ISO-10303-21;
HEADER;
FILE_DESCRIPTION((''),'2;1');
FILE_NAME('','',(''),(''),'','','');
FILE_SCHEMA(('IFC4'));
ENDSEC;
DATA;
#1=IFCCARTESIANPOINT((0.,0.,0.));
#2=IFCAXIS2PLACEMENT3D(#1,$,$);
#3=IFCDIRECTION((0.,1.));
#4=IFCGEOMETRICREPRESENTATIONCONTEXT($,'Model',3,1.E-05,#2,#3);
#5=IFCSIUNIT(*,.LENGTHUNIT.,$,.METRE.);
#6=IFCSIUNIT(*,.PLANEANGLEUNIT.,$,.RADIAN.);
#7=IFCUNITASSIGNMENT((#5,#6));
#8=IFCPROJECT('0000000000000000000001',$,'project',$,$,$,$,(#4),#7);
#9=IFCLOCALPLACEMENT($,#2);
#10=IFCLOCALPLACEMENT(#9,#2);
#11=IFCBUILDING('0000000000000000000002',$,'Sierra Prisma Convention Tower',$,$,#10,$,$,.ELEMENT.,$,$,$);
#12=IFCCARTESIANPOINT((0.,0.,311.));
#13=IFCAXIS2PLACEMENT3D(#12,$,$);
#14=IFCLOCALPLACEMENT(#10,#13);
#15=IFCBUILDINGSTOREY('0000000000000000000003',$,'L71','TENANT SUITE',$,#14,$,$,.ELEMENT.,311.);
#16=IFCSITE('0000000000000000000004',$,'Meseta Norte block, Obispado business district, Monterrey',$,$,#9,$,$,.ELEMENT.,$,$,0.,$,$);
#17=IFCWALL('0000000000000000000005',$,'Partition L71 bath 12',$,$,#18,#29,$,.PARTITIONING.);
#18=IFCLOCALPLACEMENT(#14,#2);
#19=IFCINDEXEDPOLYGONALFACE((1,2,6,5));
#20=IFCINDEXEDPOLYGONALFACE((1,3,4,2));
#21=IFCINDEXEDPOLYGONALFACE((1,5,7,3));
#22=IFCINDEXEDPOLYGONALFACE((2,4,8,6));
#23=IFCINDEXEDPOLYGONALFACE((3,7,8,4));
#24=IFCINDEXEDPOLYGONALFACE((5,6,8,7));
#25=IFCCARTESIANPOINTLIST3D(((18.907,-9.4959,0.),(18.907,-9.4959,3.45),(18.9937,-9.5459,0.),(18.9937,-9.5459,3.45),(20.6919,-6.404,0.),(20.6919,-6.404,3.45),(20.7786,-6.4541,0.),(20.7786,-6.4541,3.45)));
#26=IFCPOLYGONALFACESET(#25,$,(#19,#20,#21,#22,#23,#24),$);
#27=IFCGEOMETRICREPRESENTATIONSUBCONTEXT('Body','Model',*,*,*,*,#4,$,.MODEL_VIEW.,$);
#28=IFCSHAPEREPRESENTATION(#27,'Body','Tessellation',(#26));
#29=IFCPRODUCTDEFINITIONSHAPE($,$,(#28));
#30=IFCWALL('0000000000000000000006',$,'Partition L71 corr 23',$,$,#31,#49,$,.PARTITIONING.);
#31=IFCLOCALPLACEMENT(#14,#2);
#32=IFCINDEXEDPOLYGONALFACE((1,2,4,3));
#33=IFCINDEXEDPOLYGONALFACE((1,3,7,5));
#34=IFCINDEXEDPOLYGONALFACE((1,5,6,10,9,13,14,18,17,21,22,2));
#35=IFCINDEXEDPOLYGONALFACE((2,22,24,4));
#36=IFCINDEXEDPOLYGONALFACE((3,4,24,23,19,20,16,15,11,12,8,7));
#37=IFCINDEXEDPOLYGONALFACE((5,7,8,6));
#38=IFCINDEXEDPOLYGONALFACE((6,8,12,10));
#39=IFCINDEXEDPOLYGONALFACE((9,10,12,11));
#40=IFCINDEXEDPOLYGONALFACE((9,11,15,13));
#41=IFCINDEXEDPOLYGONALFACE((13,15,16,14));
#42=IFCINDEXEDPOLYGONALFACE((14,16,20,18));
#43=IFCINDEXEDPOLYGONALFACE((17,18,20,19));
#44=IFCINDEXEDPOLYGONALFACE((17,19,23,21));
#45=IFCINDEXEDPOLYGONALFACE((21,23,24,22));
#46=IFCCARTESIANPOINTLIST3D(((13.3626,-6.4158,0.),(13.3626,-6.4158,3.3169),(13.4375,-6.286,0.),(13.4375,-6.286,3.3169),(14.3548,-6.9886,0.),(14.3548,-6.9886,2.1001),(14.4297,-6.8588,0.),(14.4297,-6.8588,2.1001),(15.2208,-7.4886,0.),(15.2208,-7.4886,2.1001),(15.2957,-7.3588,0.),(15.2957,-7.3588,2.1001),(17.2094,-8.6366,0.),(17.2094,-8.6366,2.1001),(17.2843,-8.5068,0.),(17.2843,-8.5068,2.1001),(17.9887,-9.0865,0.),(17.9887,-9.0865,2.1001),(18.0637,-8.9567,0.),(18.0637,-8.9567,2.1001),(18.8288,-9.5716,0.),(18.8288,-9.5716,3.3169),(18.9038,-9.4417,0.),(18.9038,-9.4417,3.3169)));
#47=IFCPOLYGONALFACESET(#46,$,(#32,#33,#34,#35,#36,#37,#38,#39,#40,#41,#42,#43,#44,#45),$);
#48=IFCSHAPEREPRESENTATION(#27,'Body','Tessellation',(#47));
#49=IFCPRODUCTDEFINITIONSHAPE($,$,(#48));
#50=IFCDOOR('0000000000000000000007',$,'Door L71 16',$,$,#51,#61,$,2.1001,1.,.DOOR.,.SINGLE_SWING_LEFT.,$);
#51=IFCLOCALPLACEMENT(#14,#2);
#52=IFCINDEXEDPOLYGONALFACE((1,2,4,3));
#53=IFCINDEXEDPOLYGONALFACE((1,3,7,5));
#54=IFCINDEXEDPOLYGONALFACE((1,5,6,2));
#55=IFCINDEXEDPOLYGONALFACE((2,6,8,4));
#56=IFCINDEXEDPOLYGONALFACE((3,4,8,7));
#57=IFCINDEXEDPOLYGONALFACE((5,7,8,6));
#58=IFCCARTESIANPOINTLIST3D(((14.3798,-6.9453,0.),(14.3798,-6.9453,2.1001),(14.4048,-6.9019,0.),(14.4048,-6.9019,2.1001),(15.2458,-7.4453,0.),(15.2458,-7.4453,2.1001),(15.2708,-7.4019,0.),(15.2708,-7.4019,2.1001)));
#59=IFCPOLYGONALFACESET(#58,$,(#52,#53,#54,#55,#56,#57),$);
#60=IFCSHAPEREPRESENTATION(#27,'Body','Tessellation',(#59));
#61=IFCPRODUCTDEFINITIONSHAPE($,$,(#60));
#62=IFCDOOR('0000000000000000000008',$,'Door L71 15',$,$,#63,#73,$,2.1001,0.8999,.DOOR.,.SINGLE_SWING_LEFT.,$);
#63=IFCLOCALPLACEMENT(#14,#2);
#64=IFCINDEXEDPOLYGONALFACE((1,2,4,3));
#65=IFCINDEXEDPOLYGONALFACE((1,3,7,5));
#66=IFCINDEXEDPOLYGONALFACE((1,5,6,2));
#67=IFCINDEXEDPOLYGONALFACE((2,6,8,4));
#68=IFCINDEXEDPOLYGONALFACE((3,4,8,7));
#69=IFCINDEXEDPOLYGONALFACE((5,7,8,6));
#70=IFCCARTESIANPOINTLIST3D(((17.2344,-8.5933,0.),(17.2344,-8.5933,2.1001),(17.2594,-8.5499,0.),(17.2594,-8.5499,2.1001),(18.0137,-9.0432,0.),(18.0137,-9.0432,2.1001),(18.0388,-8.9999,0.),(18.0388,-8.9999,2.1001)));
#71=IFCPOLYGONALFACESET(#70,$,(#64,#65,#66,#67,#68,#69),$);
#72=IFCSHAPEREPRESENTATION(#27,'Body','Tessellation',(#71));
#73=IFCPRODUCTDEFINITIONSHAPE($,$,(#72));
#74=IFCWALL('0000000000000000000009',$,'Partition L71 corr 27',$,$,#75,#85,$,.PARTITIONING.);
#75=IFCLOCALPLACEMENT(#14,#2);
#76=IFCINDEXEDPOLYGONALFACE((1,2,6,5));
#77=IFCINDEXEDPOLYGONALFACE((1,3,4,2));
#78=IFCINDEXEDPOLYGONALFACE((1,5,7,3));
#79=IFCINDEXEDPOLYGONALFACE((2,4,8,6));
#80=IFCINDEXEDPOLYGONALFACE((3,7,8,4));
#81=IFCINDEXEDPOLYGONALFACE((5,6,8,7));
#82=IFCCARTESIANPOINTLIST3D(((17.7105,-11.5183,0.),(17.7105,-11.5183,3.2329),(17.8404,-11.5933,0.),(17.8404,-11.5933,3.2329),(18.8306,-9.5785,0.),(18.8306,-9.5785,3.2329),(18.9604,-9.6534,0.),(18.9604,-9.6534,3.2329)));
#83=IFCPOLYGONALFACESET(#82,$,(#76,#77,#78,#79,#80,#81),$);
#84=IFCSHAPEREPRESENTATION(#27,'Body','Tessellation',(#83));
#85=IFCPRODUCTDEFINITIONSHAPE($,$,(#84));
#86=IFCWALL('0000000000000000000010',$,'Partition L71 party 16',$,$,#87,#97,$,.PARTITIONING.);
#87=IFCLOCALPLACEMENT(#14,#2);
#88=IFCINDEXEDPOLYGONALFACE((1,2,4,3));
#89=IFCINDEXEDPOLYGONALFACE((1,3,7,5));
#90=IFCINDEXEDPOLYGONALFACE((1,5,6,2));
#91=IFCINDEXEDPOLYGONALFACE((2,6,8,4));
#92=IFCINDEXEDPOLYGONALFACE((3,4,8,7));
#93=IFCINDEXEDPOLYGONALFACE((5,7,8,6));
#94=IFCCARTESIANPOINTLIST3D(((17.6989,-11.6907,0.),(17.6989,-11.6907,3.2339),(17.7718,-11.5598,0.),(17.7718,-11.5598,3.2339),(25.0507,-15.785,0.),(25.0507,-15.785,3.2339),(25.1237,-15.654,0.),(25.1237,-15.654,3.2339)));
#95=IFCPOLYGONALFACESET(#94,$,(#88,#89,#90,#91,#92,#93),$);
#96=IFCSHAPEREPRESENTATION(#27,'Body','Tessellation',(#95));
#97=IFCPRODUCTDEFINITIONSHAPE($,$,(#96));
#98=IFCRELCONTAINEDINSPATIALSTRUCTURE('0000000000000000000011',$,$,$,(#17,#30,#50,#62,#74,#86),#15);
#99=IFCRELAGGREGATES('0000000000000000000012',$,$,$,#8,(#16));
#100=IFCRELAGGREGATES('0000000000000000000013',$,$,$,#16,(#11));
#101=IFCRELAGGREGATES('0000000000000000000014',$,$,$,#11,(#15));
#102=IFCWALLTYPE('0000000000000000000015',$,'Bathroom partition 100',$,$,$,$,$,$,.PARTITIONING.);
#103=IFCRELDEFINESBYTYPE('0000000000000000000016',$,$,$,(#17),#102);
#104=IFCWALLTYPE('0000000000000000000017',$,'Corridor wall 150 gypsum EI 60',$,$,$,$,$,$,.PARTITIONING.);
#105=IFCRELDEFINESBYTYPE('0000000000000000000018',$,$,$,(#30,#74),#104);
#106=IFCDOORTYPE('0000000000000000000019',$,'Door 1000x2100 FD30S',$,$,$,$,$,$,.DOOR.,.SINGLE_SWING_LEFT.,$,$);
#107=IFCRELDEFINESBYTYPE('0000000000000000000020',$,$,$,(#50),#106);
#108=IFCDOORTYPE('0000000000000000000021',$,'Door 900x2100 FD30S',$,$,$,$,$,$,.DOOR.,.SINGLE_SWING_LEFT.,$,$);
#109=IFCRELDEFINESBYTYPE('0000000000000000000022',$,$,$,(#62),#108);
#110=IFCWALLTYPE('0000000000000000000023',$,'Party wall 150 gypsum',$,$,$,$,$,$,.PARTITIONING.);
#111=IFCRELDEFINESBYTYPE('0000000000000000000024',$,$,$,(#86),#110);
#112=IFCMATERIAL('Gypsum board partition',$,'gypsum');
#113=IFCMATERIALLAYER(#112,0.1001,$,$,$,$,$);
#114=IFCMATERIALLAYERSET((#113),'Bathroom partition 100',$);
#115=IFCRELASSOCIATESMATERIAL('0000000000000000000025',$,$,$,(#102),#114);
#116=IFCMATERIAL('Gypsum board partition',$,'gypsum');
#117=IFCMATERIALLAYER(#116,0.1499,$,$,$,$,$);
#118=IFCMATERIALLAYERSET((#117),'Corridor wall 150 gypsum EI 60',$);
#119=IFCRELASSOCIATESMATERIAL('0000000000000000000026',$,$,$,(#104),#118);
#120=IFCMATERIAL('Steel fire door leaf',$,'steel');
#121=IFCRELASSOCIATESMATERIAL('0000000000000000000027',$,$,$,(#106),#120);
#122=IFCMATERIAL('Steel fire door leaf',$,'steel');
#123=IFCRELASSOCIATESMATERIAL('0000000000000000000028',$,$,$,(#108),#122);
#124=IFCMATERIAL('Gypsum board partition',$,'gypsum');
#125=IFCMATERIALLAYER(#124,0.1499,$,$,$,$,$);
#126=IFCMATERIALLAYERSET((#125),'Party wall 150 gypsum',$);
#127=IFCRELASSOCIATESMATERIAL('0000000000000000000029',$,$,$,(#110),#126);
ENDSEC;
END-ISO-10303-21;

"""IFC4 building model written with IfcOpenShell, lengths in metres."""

from ifc_helpers import new_model, si_unit, direction, frame, frame_2d, origin, place, context, subcontext, project, spatial, rectangle, extrude, material, layer, layer_set, type_object, element, fill, save


model = new_model("IFC4")

# Units and contexts
model_context = context("Model", 3, precision=1e-05, world=origin(), true_north=direction((0.0, 1.0)))
body_context = subcontext(model_context, "Body", "Model", "MODEL_VIEW")
ifc_project = project(units=[si_unit("LENGTHUNIT", "METRE"), si_unit("PLANEANGLEUNIT", "RADIAN")], contexts=[model_context])

# Site, building, storey
site_placement = place(None, origin())
site = spatial("IfcSite", under=ifc_project, at=site_placement, Name="Meseta Norte block, Obispado business district, Monterrey", CompositionType="ELEMENT", RefElevation=0.0)
building_placement = place(site_placement, origin())
building = spatial("IfcBuilding", under=site, at=building_placement, Name="Sierra Prisma Convention Tower", CompositionType="ELEMENT")
storey_placement = place(building_placement, frame((0.0, 0.0, 311.0)))
storey = spatial("IfcBuildingStorey", under=building, at=storey_placement, Name="L71", Description="TENANT SUITE", CompositionType="ELEMENT", Elevation=311.0)

# Wall
ifc_material_1 = material(Name="Gypsum board partition", Category="gypsum")
ifc_layer_1 = layer(ifc_material_1, 0.1001)
ifc_layer_set_1 = layer_set([ifc_layer_1], Name="Bathroom partition 100")
wall_type_1 = type_object("IfcWallType", Name="Bathroom partition 100", PredefinedType="PARTITIONING", material=ifc_layer_set_1)
wall_1_placement = place(storey_placement, frame((20.7354, -6.429, 0.0), z_axis=(0.0, 0.0, 1.0), x_axis=(-0.499971, -0.866042, 0.0)))
element("IfcWall", 1, at=wall_1_placement, inside=storey, type_object=wall_type_1, Name="Partition L71 bath 12", PredefinedType="PARTITIONING", context=body_context, shape_type="SweptSolid", body=[
    extrude(rectangle(XDim=3.5701, YDim=0.1001, at=frame_2d((1.7852, 0.0))), origin(), (0.0, 0.0, 1.0), 3.45),
])

# Wall, openings, doors
ifc_material_2 = material(Name="Gypsum board partition", Category="gypsum")
ifc_layer_2 = layer(ifc_material_2, 0.1499)
ifc_layer_set_2 = layer_set([ifc_layer_2], Name="Corridor wall 150 gypsum EI 60")
wall_type_2 = type_object("IfcWallType", Name="Corridor wall 150 gypsum EI 60", PredefinedType="PARTITIONING", material=ifc_layer_set_2)
wall_2_placement = place(storey_placement, frame((18.8662, -9.5066, 0.0), z_axis=(0.0, 0.0, 1.0), x_axis=(-0.86604, 0.499975, 0.0)))
wall_2 = element("IfcWall", 2, at=wall_2_placement, inside=storey, type_object=wall_type_2, Name="Partition L71 corr 23", PredefinedType="PARTITIONING", context=body_context, shape_type="SweptSolid", body=[
    extrude(rectangle(XDim=6.3118, YDim=0.1499, at=frame_2d((3.1558, 0.0))), origin(), (0.0, 0.0, 1.0), 3.3169),
])
opening_1_placement = place(wall_2_placement, frame((0.97, 0.0, 0.0)))
opening_1 = element("IfcOpeningElement", 3, at=opening_1_placement, cuts=wall_2, PredefinedType="OPENING", context=body_context, shape_type="SweptSolid", body=[
    extrude(rectangle(XDim=0.8999, YDim=2.1001, at=frame_2d((0.45, 1.05))), frame((0.0, 0.075, 0.0), z_axis=(0.0, -1.0, 0.0), x_axis=(1.0, 0.0, 0.0)), (0.0, 0.0, 1.0), 0.1499),
])
opening_2_placement = place(wall_2_placement, frame((4.166, 0.0, 0.0)))
opening_2 = element("IfcOpeningElement", 4, at=opening_2_placement, cuts=wall_2, PredefinedType="OPENING", context=body_context, shape_type="SweptSolid", body=[
    extrude(rectangle(XDim=1.0, YDim=2.1001, at=frame_2d((0.5, 1.05))), frame((0.0, 0.075, 0.0), z_axis=(0.0, -1.0, 0.0), x_axis=(1.0, 0.0, 0.0)), (0.0, 0.0, 1.0), 0.1499),
])
ifc_material_3 = material(Name="Steel fire door leaf", Category="steel")
door_type_1 = type_object("IfcDoorType", Name="Door 1000x2100 FD30S", OperationType="SINGLE_SWING_LEFT", PredefinedType="DOOR", material=ifc_material_3)
door_1_placement = place(opening_2_placement, origin())
door_1 = element("IfcDoor", 5, at=door_1_placement, inside=storey, type_object=door_type_1, Name="Door L71 16", OperationType="SINGLE_SWING_LEFT", OverallHeight=2.1001, OverallWidth=1.0, PredefinedType="DOOR", context=body_context, shape_type="SweptSolid", body=[
    extrude(rectangle(XDim=1.0, YDim=2.1001, at=frame_2d((0.5, 1.05))), frame((0.0, 0.0249, 0.0), z_axis=(0.0, -1.0, 0.0), x_axis=(1.0, 0.0, 0.0)), (0.0, 0.0, 1.0), 0.05),
])
fill(opening_2, door_1)
ifc_material_4 = material(Name="Steel fire door leaf", Category="steel")
door_type_2 = type_object("IfcDoorType", Name="Door 900x2100 FD30S", OperationType="SINGLE_SWING_LEFT", PredefinedType="DOOR", material=ifc_material_4)
door_2_placement = place(opening_1_placement, origin())
door_2 = element("IfcDoor", 6, at=door_2_placement, inside=storey, type_object=door_type_2, Name="Door L71 15", OperationType="SINGLE_SWING_LEFT", OverallHeight=2.1001, OverallWidth=0.8999, PredefinedType="DOOR", context=body_context, shape_type="SweptSolid", body=[
    extrude(rectangle(XDim=0.8999, YDim=2.1001, at=frame_2d((0.45, 1.05))), frame((0.0, 0.0249, 0.0), z_axis=(0.0, -1.0, 0.0), x_axis=(1.0, 0.0, 0.0)), (0.0, 0.0, 1.0), 0.05),
])
fill(opening_1, door_2)

# Walls
wall_3_placement = place(storey_placement, frame((17.7754, -11.5559, 0.0), z_axis=(0.0, 0.0, 1.0), x_axis=(0.500031, 0.866008, 0.0)))
element("IfcWall", 7, at=wall_3_placement, inside=storey, type_object=wall_type_2, Name="Partition L71 corr 27", PredefinedType="PARTITIONING", context=body_context, shape_type="SweptSolid", body=[
    extrude(rectangle(XDim=2.24, YDim=0.1499, at=frame_2d((1.1201, 0.0))), origin(), (0.0, 0.0, 1.0), 3.2329),
])
ifc_material_5 = material(Name="Gypsum board partition", Category="gypsum")
ifc_layer_3 = layer(ifc_material_5, 0.1499)
ifc_layer_set_3 = layer_set([ifc_layer_3], Name="Party wall 150 gypsum")
wall_type_3 = type_object("IfcWallType", Name="Party wall 150 gypsum", PredefinedType="PARTITIONING", material=ifc_layer_set_3)
wall_4_placement = place(storey_placement, frame((17.7354, -11.6252, 0.0), z_axis=(0.0, 0.0, 1.0), x_axis=(0.873657, -0.486542, 0.0)))
element("IfcWall", 8, at=wall_4_placement, inside=storey, type_object=wall_type_3, Name="Partition L71 party 16", PredefinedType="PARTITIONING", context=body_context, shape_type="SweptSolid", body=[
    extrude(rectangle(XDim=8.415, YDim=0.1499, at=frame_2d((4.2075, 0.0))), origin(), (0.0, 0.0, 1.0), 3.2339),
])

save(model, "model.ifc")
